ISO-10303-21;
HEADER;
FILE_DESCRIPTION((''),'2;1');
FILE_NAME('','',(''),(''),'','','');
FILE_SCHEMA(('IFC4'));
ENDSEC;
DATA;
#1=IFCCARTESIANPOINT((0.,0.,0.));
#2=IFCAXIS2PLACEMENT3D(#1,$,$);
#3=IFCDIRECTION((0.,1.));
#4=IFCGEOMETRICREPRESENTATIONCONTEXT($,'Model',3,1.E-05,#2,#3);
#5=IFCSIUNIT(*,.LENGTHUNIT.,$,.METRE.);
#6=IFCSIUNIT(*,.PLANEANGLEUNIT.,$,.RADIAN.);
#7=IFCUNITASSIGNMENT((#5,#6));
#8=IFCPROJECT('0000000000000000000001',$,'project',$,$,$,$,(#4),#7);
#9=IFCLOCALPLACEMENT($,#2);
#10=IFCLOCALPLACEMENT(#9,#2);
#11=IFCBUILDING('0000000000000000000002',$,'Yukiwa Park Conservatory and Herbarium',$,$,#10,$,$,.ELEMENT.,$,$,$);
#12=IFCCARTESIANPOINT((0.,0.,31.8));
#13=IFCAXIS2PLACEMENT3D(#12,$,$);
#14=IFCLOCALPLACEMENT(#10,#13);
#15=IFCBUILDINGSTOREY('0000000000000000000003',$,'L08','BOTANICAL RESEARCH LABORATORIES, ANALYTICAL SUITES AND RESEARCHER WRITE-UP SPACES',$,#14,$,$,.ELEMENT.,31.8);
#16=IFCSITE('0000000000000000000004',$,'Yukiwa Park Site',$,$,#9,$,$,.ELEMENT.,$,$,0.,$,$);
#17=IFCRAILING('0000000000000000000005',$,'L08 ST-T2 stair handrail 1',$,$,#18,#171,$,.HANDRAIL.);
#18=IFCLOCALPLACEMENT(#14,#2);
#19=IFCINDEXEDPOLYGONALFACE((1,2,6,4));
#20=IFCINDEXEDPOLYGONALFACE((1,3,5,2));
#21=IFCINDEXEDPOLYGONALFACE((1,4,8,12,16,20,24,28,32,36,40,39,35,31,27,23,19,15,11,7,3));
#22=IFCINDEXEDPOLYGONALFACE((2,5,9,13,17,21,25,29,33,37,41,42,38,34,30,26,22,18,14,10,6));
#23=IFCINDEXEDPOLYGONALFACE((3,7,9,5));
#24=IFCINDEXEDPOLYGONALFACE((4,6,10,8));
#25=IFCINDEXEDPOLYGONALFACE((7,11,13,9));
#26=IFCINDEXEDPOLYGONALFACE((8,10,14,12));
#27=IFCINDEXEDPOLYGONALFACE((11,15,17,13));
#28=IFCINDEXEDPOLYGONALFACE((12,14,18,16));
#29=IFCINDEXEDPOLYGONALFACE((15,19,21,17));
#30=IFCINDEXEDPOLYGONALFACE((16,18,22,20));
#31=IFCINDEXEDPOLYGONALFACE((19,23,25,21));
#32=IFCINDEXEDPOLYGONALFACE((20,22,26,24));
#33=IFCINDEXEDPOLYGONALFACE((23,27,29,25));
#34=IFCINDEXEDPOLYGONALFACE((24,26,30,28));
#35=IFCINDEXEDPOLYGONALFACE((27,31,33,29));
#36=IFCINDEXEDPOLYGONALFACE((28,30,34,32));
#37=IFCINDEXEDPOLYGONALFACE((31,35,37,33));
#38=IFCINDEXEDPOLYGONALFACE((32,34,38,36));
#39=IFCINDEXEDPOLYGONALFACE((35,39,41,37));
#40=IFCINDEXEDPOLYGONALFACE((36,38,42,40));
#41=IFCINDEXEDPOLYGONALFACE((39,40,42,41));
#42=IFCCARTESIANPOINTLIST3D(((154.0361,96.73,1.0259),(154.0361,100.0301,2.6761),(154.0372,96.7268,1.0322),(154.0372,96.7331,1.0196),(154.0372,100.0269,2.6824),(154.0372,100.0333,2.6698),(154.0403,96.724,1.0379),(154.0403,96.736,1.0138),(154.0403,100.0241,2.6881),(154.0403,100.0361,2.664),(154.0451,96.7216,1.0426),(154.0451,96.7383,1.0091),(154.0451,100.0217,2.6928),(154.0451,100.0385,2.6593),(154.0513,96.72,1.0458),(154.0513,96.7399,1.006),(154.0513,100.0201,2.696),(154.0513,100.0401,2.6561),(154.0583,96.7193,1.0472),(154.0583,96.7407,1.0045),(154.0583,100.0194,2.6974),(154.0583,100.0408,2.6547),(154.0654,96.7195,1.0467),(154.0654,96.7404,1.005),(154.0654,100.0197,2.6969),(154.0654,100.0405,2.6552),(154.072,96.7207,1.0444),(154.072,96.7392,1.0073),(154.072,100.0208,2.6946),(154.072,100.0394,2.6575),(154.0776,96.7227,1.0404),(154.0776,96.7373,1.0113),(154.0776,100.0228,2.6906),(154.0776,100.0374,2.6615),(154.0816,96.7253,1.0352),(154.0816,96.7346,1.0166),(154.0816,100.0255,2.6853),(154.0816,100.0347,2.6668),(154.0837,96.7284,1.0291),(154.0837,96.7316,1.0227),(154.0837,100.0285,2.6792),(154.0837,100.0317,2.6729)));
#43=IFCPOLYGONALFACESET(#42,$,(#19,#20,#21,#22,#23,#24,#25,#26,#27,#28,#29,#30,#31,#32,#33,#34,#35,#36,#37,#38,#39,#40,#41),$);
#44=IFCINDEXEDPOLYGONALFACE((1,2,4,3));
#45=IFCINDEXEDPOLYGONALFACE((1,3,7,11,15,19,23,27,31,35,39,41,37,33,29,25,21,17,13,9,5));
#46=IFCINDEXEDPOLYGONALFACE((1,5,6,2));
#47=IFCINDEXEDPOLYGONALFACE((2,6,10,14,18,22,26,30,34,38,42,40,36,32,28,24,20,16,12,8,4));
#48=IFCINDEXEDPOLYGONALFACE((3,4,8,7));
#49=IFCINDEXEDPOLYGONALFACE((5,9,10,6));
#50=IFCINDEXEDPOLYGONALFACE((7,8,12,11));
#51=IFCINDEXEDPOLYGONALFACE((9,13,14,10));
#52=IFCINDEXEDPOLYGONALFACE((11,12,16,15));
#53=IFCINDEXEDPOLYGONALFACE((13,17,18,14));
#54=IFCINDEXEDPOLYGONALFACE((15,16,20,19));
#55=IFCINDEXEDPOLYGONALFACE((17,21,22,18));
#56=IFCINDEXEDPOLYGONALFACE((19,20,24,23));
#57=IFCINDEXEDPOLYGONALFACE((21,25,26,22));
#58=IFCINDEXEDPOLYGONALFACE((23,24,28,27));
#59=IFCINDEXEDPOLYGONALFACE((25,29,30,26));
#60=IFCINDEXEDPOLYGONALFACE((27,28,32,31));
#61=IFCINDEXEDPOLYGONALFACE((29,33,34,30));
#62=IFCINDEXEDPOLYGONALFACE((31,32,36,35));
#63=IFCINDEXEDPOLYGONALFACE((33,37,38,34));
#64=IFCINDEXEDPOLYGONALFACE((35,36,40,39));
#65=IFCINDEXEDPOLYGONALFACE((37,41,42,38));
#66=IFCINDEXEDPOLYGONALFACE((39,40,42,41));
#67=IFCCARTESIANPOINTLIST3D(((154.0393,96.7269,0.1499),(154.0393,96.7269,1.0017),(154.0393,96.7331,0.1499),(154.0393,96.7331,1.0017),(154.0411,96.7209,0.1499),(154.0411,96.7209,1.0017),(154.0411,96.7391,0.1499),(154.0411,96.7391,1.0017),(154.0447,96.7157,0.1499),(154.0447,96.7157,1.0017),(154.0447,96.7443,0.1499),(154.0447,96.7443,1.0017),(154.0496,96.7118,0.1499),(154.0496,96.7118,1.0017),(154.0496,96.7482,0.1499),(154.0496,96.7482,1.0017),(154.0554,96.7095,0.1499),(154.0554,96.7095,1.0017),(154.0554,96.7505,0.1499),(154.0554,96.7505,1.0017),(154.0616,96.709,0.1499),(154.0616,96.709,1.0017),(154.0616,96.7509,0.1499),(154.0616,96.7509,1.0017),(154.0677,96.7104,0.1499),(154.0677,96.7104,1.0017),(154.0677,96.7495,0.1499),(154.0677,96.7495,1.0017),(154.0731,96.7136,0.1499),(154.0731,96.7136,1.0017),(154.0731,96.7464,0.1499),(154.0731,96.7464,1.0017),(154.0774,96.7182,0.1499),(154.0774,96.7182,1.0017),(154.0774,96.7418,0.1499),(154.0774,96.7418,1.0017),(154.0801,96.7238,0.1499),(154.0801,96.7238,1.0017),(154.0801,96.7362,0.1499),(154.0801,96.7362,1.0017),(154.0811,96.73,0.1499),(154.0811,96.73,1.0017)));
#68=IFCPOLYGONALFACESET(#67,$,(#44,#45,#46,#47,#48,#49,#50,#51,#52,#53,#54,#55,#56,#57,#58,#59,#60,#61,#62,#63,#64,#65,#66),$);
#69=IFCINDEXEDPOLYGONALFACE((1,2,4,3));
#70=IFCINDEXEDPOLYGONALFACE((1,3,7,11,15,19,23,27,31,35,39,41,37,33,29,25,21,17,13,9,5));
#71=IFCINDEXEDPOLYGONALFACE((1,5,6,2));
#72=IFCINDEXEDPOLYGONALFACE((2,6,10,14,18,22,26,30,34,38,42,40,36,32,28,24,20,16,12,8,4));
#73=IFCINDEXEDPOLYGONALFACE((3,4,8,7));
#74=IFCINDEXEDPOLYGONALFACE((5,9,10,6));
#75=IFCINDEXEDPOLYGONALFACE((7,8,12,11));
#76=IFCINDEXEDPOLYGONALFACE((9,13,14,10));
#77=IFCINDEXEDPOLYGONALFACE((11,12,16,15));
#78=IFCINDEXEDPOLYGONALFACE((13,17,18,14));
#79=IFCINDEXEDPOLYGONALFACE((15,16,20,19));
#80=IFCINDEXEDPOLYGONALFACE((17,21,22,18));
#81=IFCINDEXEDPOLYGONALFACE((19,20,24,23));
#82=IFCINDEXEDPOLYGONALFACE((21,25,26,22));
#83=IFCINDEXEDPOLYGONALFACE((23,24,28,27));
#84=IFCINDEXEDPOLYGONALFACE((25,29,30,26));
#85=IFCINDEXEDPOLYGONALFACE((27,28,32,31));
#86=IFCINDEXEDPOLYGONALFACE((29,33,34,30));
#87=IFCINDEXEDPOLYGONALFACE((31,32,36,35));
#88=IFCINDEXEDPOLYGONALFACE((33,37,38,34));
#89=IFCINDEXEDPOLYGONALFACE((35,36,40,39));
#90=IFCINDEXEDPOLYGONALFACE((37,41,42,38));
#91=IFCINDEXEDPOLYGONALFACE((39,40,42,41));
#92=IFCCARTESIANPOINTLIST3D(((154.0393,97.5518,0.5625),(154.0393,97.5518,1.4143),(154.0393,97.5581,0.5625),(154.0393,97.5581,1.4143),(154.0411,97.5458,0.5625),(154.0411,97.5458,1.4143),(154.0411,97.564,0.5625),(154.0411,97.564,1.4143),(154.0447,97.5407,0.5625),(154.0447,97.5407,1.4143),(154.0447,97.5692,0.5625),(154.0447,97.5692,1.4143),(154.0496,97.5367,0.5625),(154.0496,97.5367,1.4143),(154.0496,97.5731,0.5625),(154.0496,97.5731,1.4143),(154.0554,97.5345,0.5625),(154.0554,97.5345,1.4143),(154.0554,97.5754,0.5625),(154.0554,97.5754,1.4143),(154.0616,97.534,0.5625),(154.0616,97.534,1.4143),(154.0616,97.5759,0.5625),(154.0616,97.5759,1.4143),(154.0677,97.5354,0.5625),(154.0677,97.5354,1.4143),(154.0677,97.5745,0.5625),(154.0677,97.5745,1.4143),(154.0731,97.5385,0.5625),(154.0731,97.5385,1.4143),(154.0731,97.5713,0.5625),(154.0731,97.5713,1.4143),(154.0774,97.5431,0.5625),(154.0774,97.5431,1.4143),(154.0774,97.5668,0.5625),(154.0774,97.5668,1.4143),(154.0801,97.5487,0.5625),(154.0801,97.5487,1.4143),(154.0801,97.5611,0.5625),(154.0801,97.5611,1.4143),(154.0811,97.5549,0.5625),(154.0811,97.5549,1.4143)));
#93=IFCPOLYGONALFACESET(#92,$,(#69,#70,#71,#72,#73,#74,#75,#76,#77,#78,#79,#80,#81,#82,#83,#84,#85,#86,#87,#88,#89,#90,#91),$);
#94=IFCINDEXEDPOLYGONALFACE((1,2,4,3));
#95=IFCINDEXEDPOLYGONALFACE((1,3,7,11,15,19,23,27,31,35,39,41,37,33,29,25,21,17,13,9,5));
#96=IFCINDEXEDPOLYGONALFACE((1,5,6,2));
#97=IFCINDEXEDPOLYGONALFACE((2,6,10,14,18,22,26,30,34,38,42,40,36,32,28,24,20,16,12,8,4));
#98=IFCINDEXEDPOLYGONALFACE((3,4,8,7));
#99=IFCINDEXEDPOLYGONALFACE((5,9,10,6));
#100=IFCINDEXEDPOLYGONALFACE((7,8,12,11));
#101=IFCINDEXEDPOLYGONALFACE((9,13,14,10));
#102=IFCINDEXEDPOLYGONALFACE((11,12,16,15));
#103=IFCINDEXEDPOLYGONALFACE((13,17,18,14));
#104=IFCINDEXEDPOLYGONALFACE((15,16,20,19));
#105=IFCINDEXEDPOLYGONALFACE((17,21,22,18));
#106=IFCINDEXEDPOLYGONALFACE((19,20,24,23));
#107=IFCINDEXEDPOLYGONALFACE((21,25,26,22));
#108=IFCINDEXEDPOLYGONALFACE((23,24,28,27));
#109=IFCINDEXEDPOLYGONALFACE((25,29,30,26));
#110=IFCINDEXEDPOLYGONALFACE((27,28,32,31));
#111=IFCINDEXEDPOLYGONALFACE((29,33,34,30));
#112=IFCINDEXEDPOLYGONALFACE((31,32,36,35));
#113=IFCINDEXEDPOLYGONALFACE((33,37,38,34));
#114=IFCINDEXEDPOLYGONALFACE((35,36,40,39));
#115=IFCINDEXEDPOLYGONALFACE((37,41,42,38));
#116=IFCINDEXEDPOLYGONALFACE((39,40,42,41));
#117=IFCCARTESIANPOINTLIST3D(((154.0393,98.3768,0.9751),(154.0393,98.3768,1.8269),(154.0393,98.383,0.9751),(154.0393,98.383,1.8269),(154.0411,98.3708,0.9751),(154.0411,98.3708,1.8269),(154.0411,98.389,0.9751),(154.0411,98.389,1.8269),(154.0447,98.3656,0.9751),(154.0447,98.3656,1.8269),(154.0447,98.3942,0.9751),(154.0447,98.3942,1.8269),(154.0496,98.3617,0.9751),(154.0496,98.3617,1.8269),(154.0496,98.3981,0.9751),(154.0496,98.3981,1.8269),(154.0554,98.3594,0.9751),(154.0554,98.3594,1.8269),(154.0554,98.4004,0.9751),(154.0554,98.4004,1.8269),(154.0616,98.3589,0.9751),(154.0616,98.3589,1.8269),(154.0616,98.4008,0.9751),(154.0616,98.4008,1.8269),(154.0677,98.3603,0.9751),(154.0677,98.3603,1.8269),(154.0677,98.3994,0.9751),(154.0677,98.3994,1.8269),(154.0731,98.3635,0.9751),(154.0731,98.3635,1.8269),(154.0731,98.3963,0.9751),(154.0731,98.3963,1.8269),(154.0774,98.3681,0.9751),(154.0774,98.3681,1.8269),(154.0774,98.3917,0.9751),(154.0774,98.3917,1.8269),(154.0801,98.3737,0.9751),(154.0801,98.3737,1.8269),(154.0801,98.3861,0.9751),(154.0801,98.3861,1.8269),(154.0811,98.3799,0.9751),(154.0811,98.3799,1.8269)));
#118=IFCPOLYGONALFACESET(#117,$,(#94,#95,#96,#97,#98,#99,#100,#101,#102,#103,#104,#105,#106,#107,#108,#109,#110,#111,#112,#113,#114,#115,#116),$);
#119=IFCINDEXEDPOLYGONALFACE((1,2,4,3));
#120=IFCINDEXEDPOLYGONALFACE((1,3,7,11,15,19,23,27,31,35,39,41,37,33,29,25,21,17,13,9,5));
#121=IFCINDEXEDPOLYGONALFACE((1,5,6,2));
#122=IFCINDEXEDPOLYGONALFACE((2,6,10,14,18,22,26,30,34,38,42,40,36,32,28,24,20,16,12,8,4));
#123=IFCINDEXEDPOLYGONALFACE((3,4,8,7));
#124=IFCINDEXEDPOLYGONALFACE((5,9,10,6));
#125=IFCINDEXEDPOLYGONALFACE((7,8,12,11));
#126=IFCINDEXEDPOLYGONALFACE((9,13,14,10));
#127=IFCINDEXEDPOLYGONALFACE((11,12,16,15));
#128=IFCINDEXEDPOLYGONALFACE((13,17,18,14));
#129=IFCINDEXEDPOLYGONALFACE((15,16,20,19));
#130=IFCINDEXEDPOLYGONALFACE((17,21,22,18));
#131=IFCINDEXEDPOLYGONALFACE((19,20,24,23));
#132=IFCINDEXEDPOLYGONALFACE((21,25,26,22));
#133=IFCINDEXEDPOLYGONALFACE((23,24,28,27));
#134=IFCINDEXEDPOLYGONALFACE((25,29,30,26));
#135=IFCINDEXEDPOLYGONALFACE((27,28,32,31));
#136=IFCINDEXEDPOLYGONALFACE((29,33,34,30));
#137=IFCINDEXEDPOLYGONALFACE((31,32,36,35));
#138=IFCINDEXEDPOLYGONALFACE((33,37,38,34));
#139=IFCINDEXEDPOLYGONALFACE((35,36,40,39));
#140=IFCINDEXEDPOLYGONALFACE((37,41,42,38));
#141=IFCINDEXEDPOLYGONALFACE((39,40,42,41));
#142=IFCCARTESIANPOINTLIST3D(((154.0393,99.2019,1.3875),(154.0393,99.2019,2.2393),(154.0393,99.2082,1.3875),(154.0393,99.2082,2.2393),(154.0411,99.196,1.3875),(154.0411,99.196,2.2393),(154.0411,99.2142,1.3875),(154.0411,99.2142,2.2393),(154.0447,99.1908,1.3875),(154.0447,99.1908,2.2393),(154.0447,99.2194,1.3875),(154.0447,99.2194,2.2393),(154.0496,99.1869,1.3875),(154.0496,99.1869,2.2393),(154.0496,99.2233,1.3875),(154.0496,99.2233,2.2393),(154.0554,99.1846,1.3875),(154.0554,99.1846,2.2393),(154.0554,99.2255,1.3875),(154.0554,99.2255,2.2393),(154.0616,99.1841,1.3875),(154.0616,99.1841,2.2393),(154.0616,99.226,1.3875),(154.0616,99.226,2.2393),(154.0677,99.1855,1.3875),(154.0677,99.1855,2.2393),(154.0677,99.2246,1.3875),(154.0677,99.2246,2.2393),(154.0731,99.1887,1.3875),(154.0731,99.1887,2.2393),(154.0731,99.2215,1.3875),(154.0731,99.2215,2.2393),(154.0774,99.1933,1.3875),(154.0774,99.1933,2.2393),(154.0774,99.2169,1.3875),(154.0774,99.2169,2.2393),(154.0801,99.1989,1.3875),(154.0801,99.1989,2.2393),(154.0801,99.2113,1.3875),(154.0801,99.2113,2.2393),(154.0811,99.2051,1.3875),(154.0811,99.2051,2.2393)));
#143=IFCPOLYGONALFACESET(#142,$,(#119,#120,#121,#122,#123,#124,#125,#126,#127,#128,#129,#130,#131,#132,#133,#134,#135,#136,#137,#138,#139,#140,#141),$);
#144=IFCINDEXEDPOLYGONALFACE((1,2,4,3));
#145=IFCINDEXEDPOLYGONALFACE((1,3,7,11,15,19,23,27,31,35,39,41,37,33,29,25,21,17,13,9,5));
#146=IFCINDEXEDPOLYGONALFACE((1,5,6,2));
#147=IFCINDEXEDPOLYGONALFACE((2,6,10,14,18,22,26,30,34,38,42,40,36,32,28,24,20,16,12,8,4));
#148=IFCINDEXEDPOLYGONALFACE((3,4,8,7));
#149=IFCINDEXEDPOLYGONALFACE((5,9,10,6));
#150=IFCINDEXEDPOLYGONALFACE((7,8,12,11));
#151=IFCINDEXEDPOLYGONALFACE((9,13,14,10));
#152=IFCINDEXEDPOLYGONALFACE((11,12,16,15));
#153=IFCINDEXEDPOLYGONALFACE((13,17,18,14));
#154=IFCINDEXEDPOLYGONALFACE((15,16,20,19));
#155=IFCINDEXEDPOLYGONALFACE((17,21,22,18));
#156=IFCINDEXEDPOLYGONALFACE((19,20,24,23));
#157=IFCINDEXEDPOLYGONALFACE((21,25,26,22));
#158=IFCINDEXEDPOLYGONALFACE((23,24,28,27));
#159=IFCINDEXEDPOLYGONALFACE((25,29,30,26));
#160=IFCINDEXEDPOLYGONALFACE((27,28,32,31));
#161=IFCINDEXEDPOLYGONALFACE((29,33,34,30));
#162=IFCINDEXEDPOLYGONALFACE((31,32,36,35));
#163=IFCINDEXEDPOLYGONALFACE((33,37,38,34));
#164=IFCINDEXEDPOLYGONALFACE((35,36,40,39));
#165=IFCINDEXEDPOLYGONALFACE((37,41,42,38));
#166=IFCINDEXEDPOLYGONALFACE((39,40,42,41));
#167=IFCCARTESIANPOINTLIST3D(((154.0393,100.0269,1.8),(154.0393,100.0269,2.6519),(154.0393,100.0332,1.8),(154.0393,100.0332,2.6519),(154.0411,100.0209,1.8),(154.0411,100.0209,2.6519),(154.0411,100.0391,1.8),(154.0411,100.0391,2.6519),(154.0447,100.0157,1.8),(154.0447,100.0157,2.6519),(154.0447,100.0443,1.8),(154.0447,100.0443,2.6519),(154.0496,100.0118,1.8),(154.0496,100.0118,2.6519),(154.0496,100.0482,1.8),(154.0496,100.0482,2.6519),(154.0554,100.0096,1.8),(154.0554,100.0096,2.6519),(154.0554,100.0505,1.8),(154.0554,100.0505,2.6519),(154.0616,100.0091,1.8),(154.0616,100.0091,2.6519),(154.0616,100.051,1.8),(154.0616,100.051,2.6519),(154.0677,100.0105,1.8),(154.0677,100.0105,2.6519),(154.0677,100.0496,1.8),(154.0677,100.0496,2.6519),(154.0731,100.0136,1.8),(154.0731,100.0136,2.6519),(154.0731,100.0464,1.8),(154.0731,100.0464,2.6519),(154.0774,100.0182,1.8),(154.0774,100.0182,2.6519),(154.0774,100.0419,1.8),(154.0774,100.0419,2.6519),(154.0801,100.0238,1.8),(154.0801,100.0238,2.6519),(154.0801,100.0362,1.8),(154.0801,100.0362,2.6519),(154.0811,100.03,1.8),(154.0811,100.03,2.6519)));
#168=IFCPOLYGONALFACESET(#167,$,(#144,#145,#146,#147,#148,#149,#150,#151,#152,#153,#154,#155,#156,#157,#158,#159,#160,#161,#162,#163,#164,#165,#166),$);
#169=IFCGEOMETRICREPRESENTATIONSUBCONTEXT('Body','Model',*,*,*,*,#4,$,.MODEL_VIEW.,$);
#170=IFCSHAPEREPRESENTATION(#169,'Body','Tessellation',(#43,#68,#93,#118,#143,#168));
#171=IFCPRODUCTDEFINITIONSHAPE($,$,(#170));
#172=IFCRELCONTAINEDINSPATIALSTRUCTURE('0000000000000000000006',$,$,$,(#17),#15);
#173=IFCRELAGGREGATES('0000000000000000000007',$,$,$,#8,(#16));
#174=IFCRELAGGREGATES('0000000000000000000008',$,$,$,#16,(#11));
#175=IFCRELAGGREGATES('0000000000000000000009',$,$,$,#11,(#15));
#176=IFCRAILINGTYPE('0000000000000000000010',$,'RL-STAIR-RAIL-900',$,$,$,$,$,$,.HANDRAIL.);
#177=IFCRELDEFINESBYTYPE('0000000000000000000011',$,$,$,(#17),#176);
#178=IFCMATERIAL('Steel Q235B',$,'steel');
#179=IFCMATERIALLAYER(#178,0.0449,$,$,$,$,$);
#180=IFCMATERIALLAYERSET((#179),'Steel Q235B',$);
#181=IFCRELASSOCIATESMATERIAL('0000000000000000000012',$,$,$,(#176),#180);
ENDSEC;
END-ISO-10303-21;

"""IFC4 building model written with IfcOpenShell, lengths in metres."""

from ifc_helpers import new_model, si_unit, direction, frame, origin, origin_2d, place, context, subcontext, project, spatial, circle, extrude, material, layer, layer_set, type_object, element, save


model = new_model("IFC4")

# Units and contexts
model_context = context("Model", 3, precision=1e-05, world=origin(), true_north=direction((0.0, 1.0)))
body_context = subcontext(model_context, "Body", "Model", "MODEL_VIEW")
ifc_project = project(units=[si_unit("LENGTHUNIT", "METRE"), si_unit("PLANEANGLEUNIT", "RADIAN")], contexts=[model_context])

# Site, building, storey
site_placement = place(None, origin())
site = spatial("IfcSite", under=ifc_project, at=site_placement, Name="Yukiwa Park Site", CompositionType="ELEMENT", RefElevation=0.0)
building_placement = place(site_placement, origin())
building = spatial("IfcBuilding", under=site, at=building_placement, Name="Yukiwa Park Conservatory and Herbarium", CompositionType="ELEMENT")
storey_placement = place(building_placement, frame((0.0, 0.0, 31.8)))
storey = spatial("IfcBuildingStorey", under=building, at=storey_placement, Name="L08", Description="BOTANICAL RESEARCH LABORATORIES, ANALYTICAL SUITES AND RESEARCHER WRITE-UP SPACES", CompositionType="ELEMENT", Elevation=31.8)

# Railing
ifc_material_1 = material(Name="Steel Q235B", Category="steel")
ifc_layer_1 = layer(ifc_material_1, 0.0449)
ifc_layer_set_1 = layer_set([ifc_layer_1], Name="Steel Q235B")
railing_type_1 = type_object("IfcRailingType", Name="RL-STAIR-RAIL-900", PredefinedType="HANDRAIL", material=ifc_layer_set_1)
railing_1_placement = place(storey_placement, frame((154.0601, 96.73, 0.1499)))
element("IfcRailing", 1, at=railing_1_placement, inside=storey, type_object=railing_type_1, Name="L08 ST-T2 stair handrail 1", PredefinedType="HANDRAIL", context=body_context, shape_type="SweptSolid", body=[
    extrude(circle(Radius=0.0239, at=origin_2d()), frame((0.0, 0.0, 0.876), z_axis=(0.0, 0.894414, 0.44724), x_axis=(-1.0, 0.0, 0.0)), (0.0, 0.0, 1.0), 3.6897),
    extrude(circle(Radius=0.021, at=origin_2d()), origin(), (0.0, 0.0, 1.0), 0.8518),
    extrude(circle(Radius=0.021, at=origin_2d()), frame((0.0, 0.825, 0.4126)), (0.0, 0.0, 1.0), 0.8518),
    extrude(circle(Radius=0.021, at=origin_2d()), frame((0.0, 1.6499, 0.8252)), (0.0, 0.0, 1.0), 0.8518),
    extrude(circle(Radius=0.021, at=origin_2d()), frame((0.0, 2.4751, 1.2375)), (0.0, 0.0, 1.0), 0.8518),
    extrude(circle(Radius=0.021, at=origin_2d()), frame((0.0, 3.3, 1.6501)), (0.0, 0.0, 1.0), 0.8518),
])

save(model, "model.ifc")
